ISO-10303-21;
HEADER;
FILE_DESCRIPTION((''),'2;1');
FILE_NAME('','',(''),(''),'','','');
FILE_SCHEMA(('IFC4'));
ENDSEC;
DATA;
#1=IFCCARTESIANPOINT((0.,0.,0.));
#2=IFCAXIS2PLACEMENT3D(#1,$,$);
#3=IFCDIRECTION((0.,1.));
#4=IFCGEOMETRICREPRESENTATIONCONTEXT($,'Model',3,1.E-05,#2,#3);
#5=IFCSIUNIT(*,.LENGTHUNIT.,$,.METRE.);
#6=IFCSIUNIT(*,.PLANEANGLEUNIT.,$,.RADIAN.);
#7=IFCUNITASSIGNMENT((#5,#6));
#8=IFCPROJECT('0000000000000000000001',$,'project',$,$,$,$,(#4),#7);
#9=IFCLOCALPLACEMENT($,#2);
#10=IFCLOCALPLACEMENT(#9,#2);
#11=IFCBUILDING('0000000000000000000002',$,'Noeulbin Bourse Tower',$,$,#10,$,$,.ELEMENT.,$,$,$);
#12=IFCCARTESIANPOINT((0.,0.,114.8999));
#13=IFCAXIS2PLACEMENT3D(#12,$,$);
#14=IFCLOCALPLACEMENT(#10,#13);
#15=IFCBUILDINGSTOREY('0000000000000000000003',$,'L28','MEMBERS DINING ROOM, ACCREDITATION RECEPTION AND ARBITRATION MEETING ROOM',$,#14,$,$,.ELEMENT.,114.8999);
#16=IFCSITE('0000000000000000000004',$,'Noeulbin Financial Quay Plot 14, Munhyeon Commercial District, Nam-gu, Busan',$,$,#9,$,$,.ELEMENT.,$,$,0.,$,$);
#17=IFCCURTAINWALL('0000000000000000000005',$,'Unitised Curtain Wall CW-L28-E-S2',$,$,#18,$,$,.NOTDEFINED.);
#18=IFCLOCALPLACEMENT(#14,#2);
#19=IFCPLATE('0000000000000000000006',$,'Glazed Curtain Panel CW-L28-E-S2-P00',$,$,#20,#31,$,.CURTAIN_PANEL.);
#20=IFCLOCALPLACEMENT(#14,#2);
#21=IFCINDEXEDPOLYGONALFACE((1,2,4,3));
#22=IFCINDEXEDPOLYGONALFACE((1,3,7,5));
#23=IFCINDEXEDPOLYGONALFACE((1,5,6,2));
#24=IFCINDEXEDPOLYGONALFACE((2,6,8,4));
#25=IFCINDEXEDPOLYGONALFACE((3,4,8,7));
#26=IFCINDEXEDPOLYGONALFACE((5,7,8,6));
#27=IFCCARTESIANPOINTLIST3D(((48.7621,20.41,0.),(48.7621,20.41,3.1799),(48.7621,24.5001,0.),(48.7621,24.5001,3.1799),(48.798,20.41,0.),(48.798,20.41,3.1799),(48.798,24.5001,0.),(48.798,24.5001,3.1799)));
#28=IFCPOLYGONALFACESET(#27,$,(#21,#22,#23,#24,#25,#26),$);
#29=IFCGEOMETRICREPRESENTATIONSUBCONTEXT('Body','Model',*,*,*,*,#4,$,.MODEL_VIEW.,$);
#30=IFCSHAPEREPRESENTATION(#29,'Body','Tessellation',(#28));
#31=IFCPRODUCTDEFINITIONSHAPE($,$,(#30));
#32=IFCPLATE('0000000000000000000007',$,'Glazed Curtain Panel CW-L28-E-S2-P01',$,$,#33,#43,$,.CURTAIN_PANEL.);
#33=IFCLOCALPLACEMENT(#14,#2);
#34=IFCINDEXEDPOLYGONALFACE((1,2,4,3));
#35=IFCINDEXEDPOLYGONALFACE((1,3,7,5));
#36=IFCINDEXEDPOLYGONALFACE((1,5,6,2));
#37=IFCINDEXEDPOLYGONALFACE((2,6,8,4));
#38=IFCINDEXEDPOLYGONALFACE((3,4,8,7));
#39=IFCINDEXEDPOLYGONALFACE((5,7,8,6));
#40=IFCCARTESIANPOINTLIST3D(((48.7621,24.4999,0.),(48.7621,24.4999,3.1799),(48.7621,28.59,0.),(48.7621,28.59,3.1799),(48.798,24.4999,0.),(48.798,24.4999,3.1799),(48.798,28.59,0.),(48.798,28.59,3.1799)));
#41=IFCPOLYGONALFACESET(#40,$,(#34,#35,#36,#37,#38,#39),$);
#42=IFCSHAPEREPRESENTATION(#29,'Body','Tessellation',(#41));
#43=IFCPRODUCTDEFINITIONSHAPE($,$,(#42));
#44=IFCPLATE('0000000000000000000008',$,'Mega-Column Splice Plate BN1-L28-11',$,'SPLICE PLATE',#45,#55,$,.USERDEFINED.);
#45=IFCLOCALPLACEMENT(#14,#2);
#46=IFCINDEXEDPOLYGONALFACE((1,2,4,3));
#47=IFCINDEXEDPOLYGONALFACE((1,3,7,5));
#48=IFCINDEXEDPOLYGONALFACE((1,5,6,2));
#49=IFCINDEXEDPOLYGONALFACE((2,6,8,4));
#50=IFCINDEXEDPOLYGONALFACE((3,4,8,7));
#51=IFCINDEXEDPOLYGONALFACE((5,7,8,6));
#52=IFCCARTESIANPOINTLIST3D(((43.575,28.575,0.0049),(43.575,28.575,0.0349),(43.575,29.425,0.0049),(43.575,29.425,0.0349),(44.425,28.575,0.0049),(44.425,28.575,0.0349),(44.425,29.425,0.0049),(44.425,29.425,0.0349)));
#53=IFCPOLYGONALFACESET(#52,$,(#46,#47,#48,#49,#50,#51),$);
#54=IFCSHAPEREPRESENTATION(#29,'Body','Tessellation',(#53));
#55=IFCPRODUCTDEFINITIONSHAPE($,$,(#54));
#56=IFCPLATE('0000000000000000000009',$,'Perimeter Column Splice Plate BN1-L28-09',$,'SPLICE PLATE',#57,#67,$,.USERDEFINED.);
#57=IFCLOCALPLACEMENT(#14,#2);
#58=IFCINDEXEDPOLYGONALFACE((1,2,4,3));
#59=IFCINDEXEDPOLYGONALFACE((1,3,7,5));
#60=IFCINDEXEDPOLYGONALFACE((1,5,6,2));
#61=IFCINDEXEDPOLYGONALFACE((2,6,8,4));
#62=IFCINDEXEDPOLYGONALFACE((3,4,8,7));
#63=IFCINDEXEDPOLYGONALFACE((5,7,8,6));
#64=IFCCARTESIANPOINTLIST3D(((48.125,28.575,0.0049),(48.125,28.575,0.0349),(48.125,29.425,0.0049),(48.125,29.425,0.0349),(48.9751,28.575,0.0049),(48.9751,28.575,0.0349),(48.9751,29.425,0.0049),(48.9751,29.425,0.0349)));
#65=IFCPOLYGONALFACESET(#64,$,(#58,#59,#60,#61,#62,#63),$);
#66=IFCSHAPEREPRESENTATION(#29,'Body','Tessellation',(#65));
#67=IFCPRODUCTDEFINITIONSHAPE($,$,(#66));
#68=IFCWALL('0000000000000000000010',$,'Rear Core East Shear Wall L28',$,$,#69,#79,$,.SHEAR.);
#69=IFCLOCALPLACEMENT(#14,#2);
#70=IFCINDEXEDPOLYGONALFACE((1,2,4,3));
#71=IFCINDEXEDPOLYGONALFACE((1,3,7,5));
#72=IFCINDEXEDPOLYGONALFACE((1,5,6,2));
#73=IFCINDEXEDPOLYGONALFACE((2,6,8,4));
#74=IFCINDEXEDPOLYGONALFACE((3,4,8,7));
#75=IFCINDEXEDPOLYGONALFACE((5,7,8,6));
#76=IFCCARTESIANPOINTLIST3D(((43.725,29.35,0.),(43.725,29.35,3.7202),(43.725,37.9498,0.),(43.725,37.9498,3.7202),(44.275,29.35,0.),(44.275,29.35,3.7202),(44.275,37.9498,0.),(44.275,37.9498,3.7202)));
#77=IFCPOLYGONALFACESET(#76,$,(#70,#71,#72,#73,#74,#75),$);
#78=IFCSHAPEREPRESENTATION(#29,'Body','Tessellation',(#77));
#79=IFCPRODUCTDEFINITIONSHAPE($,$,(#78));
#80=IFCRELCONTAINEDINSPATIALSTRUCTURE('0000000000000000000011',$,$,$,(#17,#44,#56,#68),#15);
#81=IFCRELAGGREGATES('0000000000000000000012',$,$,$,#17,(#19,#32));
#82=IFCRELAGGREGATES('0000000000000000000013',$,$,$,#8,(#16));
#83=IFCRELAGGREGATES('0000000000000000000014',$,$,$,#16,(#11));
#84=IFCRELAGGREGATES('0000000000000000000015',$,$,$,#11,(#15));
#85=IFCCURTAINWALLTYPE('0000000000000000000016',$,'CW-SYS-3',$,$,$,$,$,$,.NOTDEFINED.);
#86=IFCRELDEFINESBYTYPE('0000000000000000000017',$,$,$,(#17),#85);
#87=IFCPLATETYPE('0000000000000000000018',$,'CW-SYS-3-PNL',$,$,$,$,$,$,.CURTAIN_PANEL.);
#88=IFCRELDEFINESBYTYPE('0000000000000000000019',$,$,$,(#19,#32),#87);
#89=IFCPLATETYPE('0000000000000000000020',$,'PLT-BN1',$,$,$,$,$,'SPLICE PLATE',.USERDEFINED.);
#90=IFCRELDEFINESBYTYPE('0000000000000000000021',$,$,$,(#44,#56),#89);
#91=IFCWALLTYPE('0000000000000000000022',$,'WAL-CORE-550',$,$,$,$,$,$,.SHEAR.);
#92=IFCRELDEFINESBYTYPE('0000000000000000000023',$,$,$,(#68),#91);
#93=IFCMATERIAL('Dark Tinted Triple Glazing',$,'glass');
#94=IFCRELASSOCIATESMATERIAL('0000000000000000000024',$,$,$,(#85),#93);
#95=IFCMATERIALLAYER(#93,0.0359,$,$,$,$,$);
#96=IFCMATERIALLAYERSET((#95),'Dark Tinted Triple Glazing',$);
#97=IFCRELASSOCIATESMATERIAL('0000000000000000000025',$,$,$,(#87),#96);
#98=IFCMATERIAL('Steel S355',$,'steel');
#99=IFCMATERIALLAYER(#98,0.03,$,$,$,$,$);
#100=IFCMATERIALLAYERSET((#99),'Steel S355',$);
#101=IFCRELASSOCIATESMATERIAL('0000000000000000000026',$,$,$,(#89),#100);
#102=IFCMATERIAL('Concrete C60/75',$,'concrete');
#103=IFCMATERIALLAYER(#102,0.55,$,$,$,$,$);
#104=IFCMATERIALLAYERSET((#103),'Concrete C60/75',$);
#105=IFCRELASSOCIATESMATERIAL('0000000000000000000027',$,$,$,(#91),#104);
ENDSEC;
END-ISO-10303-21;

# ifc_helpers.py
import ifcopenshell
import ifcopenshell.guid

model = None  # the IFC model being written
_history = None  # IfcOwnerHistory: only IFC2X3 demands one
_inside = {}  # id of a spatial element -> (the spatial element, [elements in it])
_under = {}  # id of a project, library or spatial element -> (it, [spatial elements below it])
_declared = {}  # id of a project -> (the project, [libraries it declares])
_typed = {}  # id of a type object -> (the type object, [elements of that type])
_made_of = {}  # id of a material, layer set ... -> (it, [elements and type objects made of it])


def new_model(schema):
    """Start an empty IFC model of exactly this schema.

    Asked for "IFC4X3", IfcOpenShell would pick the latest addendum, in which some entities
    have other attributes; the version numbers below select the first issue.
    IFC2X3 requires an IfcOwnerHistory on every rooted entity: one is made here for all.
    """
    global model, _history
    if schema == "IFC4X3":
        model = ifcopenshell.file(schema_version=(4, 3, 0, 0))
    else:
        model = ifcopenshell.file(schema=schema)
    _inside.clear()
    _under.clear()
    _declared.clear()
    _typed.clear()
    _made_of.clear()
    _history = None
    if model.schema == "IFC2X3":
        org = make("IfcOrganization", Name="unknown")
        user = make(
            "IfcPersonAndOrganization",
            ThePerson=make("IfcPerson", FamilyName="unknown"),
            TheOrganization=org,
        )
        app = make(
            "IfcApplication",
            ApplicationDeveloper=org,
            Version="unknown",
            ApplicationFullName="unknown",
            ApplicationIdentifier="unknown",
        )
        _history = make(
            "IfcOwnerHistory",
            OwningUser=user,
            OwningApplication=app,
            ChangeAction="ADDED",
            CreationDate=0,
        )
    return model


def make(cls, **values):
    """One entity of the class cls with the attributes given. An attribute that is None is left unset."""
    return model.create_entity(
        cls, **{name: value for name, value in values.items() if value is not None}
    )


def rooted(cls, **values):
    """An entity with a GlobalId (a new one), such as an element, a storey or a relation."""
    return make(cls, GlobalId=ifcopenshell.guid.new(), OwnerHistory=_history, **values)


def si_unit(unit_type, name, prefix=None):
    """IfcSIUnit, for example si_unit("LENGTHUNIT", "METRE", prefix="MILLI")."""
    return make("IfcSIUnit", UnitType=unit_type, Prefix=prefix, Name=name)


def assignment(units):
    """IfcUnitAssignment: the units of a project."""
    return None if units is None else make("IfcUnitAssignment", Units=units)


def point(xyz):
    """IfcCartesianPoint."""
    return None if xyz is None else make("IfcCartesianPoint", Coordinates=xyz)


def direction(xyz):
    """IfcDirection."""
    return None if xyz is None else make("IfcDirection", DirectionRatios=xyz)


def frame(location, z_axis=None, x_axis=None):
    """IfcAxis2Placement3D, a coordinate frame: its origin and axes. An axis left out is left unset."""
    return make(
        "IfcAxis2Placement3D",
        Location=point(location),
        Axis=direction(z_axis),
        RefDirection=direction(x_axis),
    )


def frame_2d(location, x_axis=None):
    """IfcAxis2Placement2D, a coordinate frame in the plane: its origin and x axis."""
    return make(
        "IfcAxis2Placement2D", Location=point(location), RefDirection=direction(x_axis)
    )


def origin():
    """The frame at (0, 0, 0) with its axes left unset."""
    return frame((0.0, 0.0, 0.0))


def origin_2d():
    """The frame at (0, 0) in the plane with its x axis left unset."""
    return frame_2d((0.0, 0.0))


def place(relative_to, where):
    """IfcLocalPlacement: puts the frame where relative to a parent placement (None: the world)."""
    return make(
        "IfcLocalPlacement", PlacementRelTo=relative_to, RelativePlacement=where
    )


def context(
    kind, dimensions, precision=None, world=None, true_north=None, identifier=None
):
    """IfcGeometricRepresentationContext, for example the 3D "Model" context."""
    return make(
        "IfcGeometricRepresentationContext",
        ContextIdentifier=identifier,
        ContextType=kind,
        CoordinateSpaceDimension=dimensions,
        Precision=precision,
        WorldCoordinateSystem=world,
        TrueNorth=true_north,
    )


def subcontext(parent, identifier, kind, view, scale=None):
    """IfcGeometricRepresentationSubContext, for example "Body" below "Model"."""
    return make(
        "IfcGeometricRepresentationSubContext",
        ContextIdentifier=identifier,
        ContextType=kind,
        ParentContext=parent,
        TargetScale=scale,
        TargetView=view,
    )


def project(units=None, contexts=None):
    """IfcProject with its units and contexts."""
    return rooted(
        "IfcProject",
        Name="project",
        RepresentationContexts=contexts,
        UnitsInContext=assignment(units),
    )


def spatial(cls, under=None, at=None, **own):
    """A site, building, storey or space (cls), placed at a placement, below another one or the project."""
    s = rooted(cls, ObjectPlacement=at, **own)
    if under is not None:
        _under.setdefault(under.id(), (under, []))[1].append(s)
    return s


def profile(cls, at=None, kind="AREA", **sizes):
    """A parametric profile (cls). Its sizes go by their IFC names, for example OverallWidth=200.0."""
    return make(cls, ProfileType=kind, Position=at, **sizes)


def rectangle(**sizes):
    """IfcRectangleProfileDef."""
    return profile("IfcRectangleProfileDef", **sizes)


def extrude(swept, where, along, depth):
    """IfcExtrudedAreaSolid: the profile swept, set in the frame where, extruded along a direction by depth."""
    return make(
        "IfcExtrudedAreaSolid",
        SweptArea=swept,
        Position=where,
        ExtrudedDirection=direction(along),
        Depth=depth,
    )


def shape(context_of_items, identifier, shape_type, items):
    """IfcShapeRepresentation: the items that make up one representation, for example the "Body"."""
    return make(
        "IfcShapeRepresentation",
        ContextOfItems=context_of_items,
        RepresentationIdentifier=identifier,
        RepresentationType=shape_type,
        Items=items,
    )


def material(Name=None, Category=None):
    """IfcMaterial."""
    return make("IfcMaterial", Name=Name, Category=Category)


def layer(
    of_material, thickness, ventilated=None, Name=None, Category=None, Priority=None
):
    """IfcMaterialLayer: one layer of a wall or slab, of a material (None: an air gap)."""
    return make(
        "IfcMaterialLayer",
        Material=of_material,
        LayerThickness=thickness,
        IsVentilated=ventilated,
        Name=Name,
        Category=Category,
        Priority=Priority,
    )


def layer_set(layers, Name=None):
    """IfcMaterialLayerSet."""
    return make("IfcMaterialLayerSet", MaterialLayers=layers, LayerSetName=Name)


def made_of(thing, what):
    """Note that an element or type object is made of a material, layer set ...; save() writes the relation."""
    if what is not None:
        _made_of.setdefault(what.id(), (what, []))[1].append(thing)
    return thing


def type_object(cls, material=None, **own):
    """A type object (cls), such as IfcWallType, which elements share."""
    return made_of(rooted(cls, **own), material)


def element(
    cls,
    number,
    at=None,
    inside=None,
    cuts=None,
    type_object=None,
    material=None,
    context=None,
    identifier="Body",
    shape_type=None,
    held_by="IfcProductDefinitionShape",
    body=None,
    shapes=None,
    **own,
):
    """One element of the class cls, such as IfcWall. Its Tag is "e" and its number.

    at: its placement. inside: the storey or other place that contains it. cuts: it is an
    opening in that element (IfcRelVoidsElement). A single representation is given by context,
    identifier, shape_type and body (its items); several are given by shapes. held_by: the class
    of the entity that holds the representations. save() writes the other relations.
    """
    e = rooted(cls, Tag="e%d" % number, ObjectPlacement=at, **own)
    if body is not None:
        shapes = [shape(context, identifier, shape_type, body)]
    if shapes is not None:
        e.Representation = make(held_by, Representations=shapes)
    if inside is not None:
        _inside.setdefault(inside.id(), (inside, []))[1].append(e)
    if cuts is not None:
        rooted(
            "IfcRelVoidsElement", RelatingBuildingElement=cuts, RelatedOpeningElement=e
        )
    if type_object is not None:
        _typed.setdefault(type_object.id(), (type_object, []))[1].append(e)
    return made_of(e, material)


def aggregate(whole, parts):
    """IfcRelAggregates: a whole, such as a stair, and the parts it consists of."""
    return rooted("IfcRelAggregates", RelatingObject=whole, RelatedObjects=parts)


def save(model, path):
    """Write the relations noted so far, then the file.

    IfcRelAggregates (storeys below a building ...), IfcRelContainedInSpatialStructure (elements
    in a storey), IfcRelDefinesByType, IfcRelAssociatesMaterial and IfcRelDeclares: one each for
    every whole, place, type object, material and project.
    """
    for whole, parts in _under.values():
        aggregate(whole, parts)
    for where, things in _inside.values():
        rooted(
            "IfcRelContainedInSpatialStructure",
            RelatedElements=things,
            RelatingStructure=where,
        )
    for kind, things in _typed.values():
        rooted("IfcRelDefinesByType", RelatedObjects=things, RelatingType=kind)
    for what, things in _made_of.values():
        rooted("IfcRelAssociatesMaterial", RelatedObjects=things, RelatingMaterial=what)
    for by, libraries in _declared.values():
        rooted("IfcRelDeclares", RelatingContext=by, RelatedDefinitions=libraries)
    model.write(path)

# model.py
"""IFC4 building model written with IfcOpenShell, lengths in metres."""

from ifc_helpers import new_model, si_unit, direction, frame, frame_2d, origin, origin_2d, place, context, subcontext, project, spatial, rectangle, extrude, material, layer, layer_set, type_object, element, aggregate, save


model = new_model("IFC4")

# Units and contexts
model_context = context("Model", 3, precision=1e-05, world=origin(), true_north=direction((0.0, 1.0)))
body_context = subcontext(model_context, "Body", "Model", "MODEL_VIEW")
ifc_project = project(units=[si_unit("LENGTHUNIT", "METRE"), si_unit("PLANEANGLEUNIT", "RADIAN")], contexts=[model_context])

# Site, building, storey
site_placement = place(None, origin())
site = spatial("IfcSite", under=ifc_project, at=site_placement, Name="Noeulbin Financial Quay Plot 14, Munhyeon Commercial District, Nam-gu, Busan", CompositionType="ELEMENT", RefElevation=0.0)
building_placement = place(site_placement, origin())
building = spatial("IfcBuilding", under=site, at=building_placement, Name="Noeulbin Bourse Tower", CompositionType="ELEMENT")
storey_placement = place(building_placement, frame((0.0, 0.0, 114.8999)))
storey = spatial("IfcBuildingStorey", under=building, at=storey_placement, Name="L28", Description="MEMBERS DINING ROOM, ACCREDITATION RECEPTION AND ARBITRATION MEETING ROOM", CompositionType="ELEMENT", Elevation=114.8999)

# Shared definitions
ifc_material_1 = material(Name="Steel S355", Category="steel")

# Curtain wall
ifc_material_2 = material(Name="Dark Tinted Triple Glazing", Category="glass")
curtain_wall_type = type_object("IfcCurtainWallType", Name="CW-SYS-3", PredefinedType="NOTDEFINED", material=ifc_material_2)
curtain_wall_1_placement = place(storey_placement, origin())
curtain_wall_1 = element("IfcCurtainWall", 1, at=curtain_wall_1_placement, inside=storey, type_object=curtain_wall_type, Name="Unitised Curtain Wall CW-L28-E-S2", PredefinedType="NOTDEFINED")

# Plates
ifc_layer_1 = layer(ifc_material_2, 0.0359)
ifc_layer_set_1 = layer_set([ifc_layer_1], Name="Dark Tinted Triple Glazing")
plate_type_1 = type_object("IfcPlateType", Name="CW-SYS-3-PNL", PredefinedType="CURTAIN_PANEL", material=ifc_layer_set_1)
plate_1_placement = place(storey_placement, frame((48.78, 22.4551, 0.0), z_axis=(0.0, 0.0, 1.0), x_axis=(0.0, 1.0, 0.0)))
plate_1 = element("IfcPlate", 2, at=plate_1_placement, type_object=plate_type_1, Name="Glazed Curtain Panel CW-L28-E-S2-P00", PredefinedType="CURTAIN_PANEL", context=body_context, shape_type="SweptSolid", body=[
    extrude(rectangle(XDim=4.0901, YDim=0.0359, at=origin_2d()), origin(), (0.0, 0.0, 1.0), 3.1799),
])
plate_2_placement = place(storey_placement, frame((48.78, 26.5449, 0.0), z_axis=(0.0, 0.0, 1.0), x_axis=(0.0, 1.0, 0.0)))
plate_2 = element("IfcPlate", 3, at=plate_2_placement, type_object=plate_type_1, Name="Glazed Curtain Panel CW-L28-E-S2-P01", PredefinedType="CURTAIN_PANEL", context=body_context, shape_type="SweptSolid", body=[
    extrude(rectangle(XDim=4.0901, YDim=0.0359, at=origin_2d()), origin(), (0.0, 0.0, 1.0), 3.1799),
])
aggregate(curtain_wall_1, [plate_1, plate_2])

# Plates
ifc_layer_2 = layer(ifc_material_1, 0.03)
ifc_layer_set_2 = layer_set([ifc_layer_2], Name="Steel S355")
plate_type_2 = type_object("IfcPlateType", Name="PLT-BN1", ElementType="SPLICE PLATE", PredefinedType="USERDEFINED", material=ifc_layer_set_2)
for number, where, z_axis, x_axis, name in (
    (4, (44.0, 29.0, 0.0049), (0.0, 0.0, 1.0), (1.0, 0.0, 0.0), "Mega-Column Splice Plate BN1-L28-11"),
    (5, (48.55, 29.0, 0.0049), (0.0, 0.0, 1.0), (1.0, 0.0, 0.0), "Perimeter Column Splice Plate BN1-L28-09"),
):
    element("IfcPlate", number, at=place(storey_placement, frame(where, z_axis=z_axis, x_axis=x_axis)), inside=storey, type_object=plate_type_2, Name=name, ObjectType="SPLICE PLATE", PredefinedType="USERDEFINED", context=body_context, shape_type="SweptSolid", body=[
        extrude(rectangle(XDim=0.8501, YDim=0.8501, at=origin_2d()), origin(), (0.0, 0.0, 1.0), 0.03),
    ])

# Wall
ifc_material_3 = material(Name="Concrete C60/75", Category="concrete")
ifc_layer_3 = layer(ifc_material_3, 0.55)
ifc_layer_set_3 = layer_set([ifc_layer_3], Name="Concrete C60/75")
wall_type = type_object("IfcWallType", Name="WAL-CORE-550", PredefinedType="SHEAR", material=ifc_layer_set_3)
wall_placement = place(storey_placement, frame((44.0, 29.3501, 0.0), z_axis=(0.0, 0.0, 1.0), x_axis=(0.0, 1.0, 0.0)))
element("IfcWall", 6, at=wall_placement, inside=storey, type_object=wall_type, Name="Rear Core East Shear Wall L28", PredefinedType="SHEAR", context=body_context, shape_type="SweptSolid", body=[
    extrude(rectangle(XDim=8.5999, YDim=0.55, at=frame_2d((4.2998, 0.0))), origin(), (0.0, 0.0, 1.0), 3.7202),
])

save(model, "model.ifc")
